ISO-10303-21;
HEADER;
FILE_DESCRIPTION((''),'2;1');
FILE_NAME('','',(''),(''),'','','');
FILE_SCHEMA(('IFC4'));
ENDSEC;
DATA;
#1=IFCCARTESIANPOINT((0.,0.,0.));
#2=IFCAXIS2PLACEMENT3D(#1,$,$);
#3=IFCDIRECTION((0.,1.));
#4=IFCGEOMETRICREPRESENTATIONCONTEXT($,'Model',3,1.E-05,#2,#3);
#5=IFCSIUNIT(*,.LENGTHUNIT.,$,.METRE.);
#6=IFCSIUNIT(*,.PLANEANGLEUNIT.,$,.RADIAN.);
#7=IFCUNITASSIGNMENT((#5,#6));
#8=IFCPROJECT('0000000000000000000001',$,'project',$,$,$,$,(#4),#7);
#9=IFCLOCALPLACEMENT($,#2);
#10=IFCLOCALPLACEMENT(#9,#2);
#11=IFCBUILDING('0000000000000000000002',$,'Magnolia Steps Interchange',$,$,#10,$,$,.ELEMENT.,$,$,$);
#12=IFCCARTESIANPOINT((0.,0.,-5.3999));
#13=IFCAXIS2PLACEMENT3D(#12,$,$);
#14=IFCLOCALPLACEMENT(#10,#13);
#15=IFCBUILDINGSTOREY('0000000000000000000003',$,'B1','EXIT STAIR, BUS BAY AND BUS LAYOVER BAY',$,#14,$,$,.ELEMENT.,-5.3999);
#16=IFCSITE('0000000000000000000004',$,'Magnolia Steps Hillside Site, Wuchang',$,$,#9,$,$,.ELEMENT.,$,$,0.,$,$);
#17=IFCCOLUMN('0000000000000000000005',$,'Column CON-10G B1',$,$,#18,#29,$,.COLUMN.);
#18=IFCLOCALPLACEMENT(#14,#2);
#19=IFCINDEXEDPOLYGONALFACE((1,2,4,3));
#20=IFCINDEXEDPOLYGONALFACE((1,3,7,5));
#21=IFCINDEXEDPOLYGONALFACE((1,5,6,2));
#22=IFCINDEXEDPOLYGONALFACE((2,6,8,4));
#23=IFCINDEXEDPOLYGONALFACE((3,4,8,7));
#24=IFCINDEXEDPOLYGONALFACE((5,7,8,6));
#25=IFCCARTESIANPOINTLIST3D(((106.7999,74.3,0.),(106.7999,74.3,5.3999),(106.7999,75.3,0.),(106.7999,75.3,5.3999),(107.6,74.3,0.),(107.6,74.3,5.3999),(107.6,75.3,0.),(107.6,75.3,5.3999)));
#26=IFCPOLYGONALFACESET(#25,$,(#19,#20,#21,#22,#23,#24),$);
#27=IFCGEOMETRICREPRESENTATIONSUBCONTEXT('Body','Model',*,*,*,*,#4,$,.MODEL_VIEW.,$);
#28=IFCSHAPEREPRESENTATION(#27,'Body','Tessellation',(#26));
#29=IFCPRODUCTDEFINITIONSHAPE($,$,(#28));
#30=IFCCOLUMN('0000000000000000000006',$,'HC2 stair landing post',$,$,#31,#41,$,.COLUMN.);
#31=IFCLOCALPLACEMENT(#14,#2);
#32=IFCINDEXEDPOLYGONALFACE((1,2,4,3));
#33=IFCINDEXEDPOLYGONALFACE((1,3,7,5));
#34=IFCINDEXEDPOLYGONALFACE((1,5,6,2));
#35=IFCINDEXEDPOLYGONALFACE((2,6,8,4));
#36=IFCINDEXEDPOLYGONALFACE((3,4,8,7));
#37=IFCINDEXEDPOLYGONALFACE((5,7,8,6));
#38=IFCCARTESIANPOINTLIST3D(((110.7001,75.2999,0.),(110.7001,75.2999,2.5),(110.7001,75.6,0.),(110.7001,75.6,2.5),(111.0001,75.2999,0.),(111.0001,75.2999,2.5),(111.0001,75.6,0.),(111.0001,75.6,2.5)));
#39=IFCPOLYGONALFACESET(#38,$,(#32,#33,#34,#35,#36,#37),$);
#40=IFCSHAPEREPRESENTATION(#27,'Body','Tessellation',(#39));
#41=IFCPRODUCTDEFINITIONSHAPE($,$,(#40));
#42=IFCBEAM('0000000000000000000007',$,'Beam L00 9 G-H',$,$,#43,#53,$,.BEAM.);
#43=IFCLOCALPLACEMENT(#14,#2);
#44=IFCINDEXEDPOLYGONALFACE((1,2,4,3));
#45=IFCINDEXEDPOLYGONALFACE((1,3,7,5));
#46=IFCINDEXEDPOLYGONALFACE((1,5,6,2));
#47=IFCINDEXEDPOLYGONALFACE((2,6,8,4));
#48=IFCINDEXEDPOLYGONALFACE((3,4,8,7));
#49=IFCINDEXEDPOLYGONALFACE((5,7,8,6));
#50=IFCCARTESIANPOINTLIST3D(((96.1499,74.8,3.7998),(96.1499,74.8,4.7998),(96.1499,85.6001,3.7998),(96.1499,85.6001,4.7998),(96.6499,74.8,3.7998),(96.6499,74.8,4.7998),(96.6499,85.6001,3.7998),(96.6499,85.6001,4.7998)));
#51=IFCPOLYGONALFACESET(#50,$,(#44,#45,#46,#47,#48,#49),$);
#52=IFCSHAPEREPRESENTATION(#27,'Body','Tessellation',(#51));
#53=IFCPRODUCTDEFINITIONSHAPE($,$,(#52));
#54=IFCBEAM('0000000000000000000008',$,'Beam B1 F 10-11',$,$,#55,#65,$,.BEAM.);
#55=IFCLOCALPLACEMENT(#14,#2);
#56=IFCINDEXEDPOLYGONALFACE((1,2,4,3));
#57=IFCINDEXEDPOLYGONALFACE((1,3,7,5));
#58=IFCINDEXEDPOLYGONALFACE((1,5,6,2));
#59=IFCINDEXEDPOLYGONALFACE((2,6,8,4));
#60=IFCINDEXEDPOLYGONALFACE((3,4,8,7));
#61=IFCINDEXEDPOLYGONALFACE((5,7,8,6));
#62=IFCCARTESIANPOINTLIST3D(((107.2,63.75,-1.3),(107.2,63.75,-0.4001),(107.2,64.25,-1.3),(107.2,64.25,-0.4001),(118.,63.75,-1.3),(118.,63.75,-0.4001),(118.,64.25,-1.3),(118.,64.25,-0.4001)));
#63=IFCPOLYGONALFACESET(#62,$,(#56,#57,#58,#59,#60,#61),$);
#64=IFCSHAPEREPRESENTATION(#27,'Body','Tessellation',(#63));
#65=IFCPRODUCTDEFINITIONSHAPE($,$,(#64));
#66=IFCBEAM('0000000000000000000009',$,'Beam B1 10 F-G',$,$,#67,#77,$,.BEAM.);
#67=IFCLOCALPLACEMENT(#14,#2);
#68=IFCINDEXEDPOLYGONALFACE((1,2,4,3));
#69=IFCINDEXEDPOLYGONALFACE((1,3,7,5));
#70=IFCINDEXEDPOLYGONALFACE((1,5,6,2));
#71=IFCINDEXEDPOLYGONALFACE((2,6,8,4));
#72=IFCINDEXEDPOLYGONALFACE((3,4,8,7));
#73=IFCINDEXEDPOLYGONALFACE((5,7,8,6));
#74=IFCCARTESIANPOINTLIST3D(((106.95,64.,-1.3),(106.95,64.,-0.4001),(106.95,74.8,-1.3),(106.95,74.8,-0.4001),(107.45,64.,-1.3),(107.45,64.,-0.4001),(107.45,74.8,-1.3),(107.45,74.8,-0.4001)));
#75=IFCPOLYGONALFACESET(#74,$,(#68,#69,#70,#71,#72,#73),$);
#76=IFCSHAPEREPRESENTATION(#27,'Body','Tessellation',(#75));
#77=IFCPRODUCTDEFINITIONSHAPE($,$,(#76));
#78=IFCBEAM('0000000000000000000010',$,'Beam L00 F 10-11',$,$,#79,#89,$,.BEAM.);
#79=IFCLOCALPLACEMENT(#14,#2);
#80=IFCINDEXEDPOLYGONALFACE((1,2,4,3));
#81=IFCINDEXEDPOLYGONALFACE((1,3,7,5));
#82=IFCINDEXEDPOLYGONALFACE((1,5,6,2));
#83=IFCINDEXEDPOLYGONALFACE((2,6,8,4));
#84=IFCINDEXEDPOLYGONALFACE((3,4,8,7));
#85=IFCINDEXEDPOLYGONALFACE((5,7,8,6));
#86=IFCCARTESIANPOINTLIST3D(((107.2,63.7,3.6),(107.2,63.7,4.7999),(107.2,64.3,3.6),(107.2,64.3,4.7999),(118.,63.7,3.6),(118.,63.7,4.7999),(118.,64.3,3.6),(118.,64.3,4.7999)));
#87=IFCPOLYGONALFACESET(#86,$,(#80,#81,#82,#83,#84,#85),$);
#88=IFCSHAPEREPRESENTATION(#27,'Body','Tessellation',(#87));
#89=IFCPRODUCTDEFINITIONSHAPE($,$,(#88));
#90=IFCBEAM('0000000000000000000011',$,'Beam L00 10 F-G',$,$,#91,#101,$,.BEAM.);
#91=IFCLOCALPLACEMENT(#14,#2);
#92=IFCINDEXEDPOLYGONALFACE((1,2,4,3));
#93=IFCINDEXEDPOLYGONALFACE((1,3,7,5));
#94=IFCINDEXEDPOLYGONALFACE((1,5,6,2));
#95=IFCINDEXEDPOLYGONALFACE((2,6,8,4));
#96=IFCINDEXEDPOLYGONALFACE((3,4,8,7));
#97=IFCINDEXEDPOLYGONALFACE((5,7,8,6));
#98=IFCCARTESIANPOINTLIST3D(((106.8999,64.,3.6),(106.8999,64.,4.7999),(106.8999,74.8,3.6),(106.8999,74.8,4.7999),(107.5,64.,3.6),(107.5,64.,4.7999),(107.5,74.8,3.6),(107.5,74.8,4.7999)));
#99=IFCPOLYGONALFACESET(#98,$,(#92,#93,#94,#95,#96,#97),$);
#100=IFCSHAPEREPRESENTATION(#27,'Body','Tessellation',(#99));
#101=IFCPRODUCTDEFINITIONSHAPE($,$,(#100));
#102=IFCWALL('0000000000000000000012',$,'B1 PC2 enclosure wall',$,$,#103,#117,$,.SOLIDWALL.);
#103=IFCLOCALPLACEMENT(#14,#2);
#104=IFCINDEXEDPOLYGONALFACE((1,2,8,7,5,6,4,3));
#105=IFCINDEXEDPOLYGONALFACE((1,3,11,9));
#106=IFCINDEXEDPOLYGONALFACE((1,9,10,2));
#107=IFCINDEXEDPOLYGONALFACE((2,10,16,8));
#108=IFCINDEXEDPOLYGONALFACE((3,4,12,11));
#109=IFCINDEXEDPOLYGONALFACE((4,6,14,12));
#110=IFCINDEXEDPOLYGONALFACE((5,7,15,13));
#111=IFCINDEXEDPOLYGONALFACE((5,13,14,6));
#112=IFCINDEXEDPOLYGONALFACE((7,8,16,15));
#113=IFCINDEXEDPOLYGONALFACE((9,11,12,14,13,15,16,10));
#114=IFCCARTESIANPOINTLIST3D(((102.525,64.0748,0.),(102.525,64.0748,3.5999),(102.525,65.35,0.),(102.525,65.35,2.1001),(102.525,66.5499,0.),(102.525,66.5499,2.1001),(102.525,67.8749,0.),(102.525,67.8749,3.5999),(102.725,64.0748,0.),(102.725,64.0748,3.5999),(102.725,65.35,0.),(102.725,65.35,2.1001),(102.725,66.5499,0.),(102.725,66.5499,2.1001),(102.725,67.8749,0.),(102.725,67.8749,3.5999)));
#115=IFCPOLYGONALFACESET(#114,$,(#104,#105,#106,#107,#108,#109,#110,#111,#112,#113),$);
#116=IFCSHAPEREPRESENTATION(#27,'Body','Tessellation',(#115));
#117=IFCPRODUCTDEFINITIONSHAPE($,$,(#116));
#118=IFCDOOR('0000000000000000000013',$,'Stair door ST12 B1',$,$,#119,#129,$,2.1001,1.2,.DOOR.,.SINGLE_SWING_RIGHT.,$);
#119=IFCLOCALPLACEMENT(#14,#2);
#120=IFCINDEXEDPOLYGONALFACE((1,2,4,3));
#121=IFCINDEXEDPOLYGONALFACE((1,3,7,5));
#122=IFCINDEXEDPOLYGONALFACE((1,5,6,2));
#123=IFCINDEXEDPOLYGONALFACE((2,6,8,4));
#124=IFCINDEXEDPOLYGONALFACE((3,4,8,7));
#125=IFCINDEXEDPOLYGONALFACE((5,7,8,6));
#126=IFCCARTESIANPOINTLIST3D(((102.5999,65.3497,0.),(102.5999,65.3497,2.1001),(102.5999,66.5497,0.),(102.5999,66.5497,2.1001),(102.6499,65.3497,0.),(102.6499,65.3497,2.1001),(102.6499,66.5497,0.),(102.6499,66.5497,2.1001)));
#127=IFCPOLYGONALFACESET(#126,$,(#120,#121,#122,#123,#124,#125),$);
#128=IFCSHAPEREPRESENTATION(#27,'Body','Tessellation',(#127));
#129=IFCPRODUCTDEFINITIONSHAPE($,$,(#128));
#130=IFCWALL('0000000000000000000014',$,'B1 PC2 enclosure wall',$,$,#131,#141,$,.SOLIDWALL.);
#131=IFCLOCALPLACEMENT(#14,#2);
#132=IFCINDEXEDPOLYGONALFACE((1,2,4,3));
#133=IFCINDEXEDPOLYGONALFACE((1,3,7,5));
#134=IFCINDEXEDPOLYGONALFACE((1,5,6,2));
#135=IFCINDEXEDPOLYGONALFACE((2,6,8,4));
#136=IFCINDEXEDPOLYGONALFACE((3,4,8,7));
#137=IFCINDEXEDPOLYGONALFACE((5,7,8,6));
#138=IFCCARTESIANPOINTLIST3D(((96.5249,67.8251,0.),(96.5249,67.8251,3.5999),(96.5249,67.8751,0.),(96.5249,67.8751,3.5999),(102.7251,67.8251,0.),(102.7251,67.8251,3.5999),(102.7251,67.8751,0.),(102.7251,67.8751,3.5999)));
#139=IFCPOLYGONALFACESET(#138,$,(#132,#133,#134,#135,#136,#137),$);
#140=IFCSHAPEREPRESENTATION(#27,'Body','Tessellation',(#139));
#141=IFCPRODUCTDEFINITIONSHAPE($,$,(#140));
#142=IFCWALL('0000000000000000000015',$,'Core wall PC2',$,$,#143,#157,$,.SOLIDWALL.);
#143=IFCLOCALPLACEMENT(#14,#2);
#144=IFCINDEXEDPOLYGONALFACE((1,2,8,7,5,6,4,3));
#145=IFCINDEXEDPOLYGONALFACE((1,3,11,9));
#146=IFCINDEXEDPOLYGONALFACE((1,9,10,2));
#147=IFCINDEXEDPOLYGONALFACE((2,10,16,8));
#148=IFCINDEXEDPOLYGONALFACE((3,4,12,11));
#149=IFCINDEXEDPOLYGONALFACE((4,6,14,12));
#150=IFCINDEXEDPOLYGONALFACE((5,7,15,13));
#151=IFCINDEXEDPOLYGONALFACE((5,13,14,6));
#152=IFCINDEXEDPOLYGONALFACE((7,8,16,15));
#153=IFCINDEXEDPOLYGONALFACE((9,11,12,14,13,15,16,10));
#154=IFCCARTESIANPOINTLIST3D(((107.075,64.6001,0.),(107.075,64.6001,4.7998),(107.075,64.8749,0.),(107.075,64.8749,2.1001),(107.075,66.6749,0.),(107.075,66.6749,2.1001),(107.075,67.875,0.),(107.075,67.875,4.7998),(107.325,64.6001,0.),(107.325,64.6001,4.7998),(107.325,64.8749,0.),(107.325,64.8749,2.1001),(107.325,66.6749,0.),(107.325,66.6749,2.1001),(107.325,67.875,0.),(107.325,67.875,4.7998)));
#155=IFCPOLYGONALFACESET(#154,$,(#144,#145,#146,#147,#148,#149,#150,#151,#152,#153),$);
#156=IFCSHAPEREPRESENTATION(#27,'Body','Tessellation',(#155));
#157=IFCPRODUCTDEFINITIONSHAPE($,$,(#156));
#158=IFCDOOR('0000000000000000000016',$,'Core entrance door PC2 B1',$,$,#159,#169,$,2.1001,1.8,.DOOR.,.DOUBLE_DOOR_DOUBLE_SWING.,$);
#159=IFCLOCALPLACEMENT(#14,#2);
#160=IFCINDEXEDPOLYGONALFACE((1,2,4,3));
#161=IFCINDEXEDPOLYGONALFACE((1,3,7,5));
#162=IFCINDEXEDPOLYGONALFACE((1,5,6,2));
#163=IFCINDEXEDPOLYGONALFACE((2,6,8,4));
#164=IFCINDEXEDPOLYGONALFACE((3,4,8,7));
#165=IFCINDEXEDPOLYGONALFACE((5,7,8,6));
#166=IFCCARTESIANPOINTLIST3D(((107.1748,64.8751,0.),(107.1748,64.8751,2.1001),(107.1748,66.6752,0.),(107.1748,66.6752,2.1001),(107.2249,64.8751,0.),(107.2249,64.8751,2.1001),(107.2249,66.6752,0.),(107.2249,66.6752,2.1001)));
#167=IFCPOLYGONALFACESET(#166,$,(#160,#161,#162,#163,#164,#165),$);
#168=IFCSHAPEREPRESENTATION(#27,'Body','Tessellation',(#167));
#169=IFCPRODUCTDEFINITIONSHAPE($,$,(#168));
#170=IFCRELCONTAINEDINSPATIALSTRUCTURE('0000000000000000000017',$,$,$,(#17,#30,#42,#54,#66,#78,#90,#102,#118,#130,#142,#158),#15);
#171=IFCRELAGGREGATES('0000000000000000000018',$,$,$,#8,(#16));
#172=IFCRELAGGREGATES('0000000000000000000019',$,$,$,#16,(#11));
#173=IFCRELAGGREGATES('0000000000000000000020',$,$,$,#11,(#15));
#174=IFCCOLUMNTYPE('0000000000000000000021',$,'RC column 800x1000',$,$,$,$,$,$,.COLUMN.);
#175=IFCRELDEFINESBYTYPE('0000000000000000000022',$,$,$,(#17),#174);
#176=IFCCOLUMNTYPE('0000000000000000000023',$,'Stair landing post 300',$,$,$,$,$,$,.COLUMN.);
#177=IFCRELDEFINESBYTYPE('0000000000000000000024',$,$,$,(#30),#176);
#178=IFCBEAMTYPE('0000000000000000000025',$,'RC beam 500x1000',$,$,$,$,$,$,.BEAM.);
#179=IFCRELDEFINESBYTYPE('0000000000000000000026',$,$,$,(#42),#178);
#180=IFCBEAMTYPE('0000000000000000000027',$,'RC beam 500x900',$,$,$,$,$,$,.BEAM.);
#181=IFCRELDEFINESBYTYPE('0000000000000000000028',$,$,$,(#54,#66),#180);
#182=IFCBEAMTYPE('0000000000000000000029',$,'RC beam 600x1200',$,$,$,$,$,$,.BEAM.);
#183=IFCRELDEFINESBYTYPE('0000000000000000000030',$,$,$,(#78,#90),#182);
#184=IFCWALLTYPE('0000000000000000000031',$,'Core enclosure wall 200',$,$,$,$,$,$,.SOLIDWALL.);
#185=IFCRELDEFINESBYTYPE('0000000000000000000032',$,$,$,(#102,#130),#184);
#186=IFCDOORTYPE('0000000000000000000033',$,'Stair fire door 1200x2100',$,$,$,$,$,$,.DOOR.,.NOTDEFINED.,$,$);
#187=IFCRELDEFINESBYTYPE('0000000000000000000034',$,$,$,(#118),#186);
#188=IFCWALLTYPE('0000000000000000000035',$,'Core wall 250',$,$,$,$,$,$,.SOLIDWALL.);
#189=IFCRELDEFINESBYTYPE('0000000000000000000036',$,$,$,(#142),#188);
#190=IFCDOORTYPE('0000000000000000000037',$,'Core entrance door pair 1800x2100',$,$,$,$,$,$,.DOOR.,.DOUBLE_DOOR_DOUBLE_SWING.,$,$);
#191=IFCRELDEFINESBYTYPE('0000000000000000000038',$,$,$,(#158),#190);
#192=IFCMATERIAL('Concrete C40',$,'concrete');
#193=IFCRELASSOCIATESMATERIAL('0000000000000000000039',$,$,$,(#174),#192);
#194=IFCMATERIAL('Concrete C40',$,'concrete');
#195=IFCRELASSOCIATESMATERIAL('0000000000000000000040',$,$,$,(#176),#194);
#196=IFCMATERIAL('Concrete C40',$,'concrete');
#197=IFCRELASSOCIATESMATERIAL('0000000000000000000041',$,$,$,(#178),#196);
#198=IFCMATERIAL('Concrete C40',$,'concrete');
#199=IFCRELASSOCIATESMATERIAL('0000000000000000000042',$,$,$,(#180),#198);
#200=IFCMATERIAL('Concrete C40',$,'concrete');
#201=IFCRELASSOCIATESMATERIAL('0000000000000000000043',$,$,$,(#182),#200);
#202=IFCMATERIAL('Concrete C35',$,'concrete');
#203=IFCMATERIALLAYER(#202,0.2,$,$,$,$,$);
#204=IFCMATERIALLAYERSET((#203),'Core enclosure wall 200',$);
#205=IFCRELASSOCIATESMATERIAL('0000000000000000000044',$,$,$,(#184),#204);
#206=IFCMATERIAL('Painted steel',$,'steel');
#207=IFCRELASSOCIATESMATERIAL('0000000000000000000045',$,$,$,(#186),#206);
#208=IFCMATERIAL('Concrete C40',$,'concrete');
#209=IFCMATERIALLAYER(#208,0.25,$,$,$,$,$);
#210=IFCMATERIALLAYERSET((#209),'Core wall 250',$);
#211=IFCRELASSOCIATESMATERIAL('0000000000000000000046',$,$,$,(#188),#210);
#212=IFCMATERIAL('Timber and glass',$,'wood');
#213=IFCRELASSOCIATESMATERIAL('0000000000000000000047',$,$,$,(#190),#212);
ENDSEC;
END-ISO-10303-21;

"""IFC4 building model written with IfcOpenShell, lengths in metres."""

from ifc_helpers import new_model, si_unit, direction, frame, frame_2d, origin, origin_2d, place, context, subcontext, project, spatial, rectangle, extrude, material, layer, layer_set, material_profile, profile_set, type_object, element, fill, save


model = new_model("IFC4")

# Units and contexts
model_context = context("Model", 3, precision=1e-05, world=origin(), true_north=direction((0.0, 1.0)))
body_context = subcontext(model_context, "Body", "Model", "MODEL_VIEW")
ifc_project = project(units=[si_unit("LENGTHUNIT", "METRE"), si_unit("PLANEANGLEUNIT", "RADIAN")], contexts=[model_context])

# Site, building, storey
site_placement = place(None, origin())
site = spatial("IfcSite", under=ifc_project, at=site_placement, Name="Magnolia Steps Hillside Site, Wuchang", CompositionType="ELEMENT", RefElevation=0.0)
building_placement = place(site_placement, origin())
building = spatial("IfcBuilding", under=site, at=building_placement, Name="Magnolia Steps Interchange", CompositionType="ELEMENT")
storey_placement = place(building_placement, frame((0.0, 0.0, -5.3999)))
storey = spatial("IfcBuildingStorey", under=building, at=storey_placement, Name="B1", Description="EXIT STAIR, BUS BAY AND BUS LAYOVER BAY", CompositionType="ELEMENT", Elevation=-5.3999)

# Columns
ifc_material_1 = material(Name="Concrete C40", Category="concrete")
ifc_material_profile_1 = material_profile(ifc_material_1, rectangle(XDim=0.8, YDim=1.0, at=origin_2d()), Name="RC800x1000")
ifc_profile_set_1 = profile_set([ifc_material_profile_1], Name="Concrete C40")
column_type_1 = type_object("IfcColumnType", Name="RC column 800x1000", PredefinedType="COLUMN", material=ifc_profile_set_1)
column_1_placement = place(storey_placement, frame((107.2, 74.8, 0.0), z_axis=(0.0, 0.0, 1.0), x_axis=(1.0, 0.0, 0.0)))
element("IfcColumn", 1, at=column_1_placement, inside=storey, type_object=column_type_1, Name="Column CON-10G B1", PredefinedType="COLUMN", context=body_context, shape_type="SweptSolid", body=[
    extrude(rectangle(XDim=0.8, YDim=1.0, at=origin_2d()), origin(), (0.0, 0.0, 1.0), 5.3999),
])
ifc_material_2 = material(Name="Concrete C40", Category="concrete")
ifc_material_profile_2 = material_profile(ifc_material_2, rectangle(XDim=0.3, YDim=0.3, at=origin_2d()), Name="RC300x300")
ifc_profile_set_2 = profile_set([ifc_material_profile_2], Name="Concrete C40")
column_type_2 = type_object("IfcColumnType", Name="Stair landing post 300", PredefinedType="COLUMN", material=ifc_profile_set_2)
column_2_placement = place(storey_placement, frame((110.8501, 75.45, 0.0), z_axis=(0.0, 0.0, 1.0), x_axis=(1.0, 0.0, 0.0)))
element("IfcColumn", 2, at=column_2_placement, inside=storey, type_object=column_type_2, Name="HC2 stair landing post", PredefinedType="COLUMN", context=body_context, shape_type="SweptSolid", body=[
    extrude(rectangle(XDim=0.3, YDim=0.3, at=origin_2d()), origin(), (0.0, 0.0, 1.0), 2.5),
])

# Beams
ifc_material_3 = material(Name="Concrete C40", Category="concrete")
ifc_material_profile_3 = material_profile(ifc_material_3, rectangle(XDim=0.5, YDim=1.0, at=origin_2d()), Name="RC500x1000")
ifc_profile_set_3 = profile_set([ifc_material_profile_3], Name="Concrete C40")
beam_type_1 = type_object("IfcBeamType", Name="RC beam 500x1000", PredefinedType="BEAM", material=ifc_profile_set_3)
beam_placement = place(storey_placement, frame((96.3999, 74.8, 4.2998), z_axis=(0.0, 1.0, 0.0), x_axis=(-1.0, 0.0, 0.0)))
element("IfcBeam", 3, at=beam_placement, inside=storey, type_object=beam_type_1, Name="Beam L00 9 G-H", PredefinedType="BEAM", context=body_context, shape_type="SweptSolid", body=[
    extrude(rectangle(XDim=0.5, YDim=1.0, at=origin_2d()), origin(), (0.0, 0.0, 1.0), 10.8),
])
ifc_material_4 = material(Name="Concrete C40", Category="concrete")
ifc_material_profile_4 = material_profile(ifc_material_4, rectangle(XDim=0.5, YDim=0.8999, at=origin_2d()), Name="RC500x900")
ifc_profile_set_4 = profile_set([ifc_material_profile_4], Name="Concrete C40")
beam_type_2 = type_object("IfcBeamType", Name="RC beam 500x900", PredefinedType="BEAM", material=ifc_profile_set_4)
for number, where, z_axis, x_axis, name in (
    (4, (107.2, 64.0, -0.8501), (1.0, 0.0, 0.0), (0.0, 1.0, 0.0), "Beam B1 F 10-11"),
    (5, (107.2, 64.0, -0.8501), (0.0, 1.0, 0.0), (-1.0, 0.0, 0.0), "Beam B1 10 F-G"),
):
    element("IfcBeam", number, at=place(storey_placement, frame(where, z_axis=z_axis, x_axis=x_axis)), inside=storey, type_object=beam_type_2, Name=name, PredefinedType="BEAM", context=body_context, shape_type="SweptSolid", body=[
        extrude(rectangle(XDim=0.5, YDim=0.8999, at=origin_2d()), origin(), (0.0, 0.0, 1.0), 10.8),
    ])
ifc_material_5 = material(Name="Concrete C40", Category="concrete")
ifc_material_profile_5 = material_profile(ifc_material_5, rectangle(XDim=0.6001, YDim=1.2, at=origin_2d()), Name="RC600x1200")
ifc_profile_set_5 = profile_set([ifc_material_profile_5], Name="Concrete C40")
beam_type_3 = type_object("IfcBeamType", Name="RC beam 600x1200", PredefinedType="BEAM", material=ifc_profile_set_5)
for number, where, z_axis, x_axis, name in (
    (6, (107.2, 64.0, 4.2), (1.0, 0.0, 0.0), (0.0, 1.0, 0.0), "Beam L00 F 10-11"),
    (7, (107.2, 64.0, 4.2), (0.0, 1.0, 0.0), (-1.0, 0.0, 0.0), "Beam L00 10 F-G"),
):
    element("IfcBeam", number, at=place(storey_placement, frame(where, z_axis=z_axis, x_axis=x_axis)), inside=storey, type_object=beam_type_3, Name=name, PredefinedType="BEAM", context=body_context, shape_type="SweptSolid", body=[
        extrude(rectangle(XDim=0.6001, YDim=1.2, at=origin_2d()), origin(), (0.0, 0.0, 1.0), 10.8),
    ])

# Wall, opening, door
ifc_material_6 = material(Name="Concrete C35", Category="concrete")
ifc_layer_1 = layer(ifc_material_6, 0.2)
ifc_layer_set_1 = layer_set([ifc_layer_1], Name="Core enclosure wall 200")
wall_type_1 = type_object("IfcWallType", Name="Core enclosure wall 200", PredefinedType="SOLIDWALL", material=ifc_layer_set_1)
wall_1_placement = place(storey_placement, frame((102.625, 64.075, 0.0), z_axis=(0.0, 0.0, 1.0), x_axis=(0.0, 1.0, 0.0)))
wall_1 = element("IfcWall", 8, at=wall_1_placement, inside=storey, type_object=wall_type_1, Name="B1 PC2 enclosure wall", PredefinedType="SOLIDWALL", context=body_context, shape_type="SweptSolid", body=[
    extrude(rectangle(XDim=3.8, YDim=0.2, at=frame_2d((1.8999, 0.0))), origin(), (0.0, 0.0, 1.0), 3.5999),
])
opening_1_placement = place(wall_1_placement, frame((1.2749, 0.0, 0.0)))
opening_1 = element("IfcOpeningElement", 9, at=opening_1_placement, cuts=wall_1, PredefinedType="OPENING", context=body_context, shape_type="SweptSolid", body=[
    extrude(rectangle(XDim=1.2, YDim=2.1001, at=frame_2d((0.6001, 1.05))), frame((0.0, 0.1099, 0.0), z_axis=(0.0, -1.0, 0.0), x_axis=(1.0, 0.0, 0.0)), (0.0, 0.0, 1.0), 0.22),
])
ifc_material_7 = material(Name="Painted steel", Category="steel")
door_type_1 = type_object("IfcDoorType", Name="Stair fire door 1200x2100", OperationType="NOTDEFINED", PredefinedType="DOOR", material=ifc_material_7)
door_1_placement = place(opening_1_placement, frame((1.2, 0.0, 0.0), z_axis=(0.0, 0.0, 1.0), x_axis=(-1.0, 0.0, 0.0)))
door_1 = element("IfcDoor", 10, at=door_1_placement, inside=storey, type_object=door_type_1, Name="Stair door ST12 B1", OperationType="SINGLE_SWING_RIGHT", OverallHeight=2.1001, OverallWidth=1.2, PredefinedType="DOOR", context=body_context, shape_type="SweptSolid", body=[
    extrude(rectangle(XDim=1.2, YDim=2.1001, at=frame_2d((0.6001, 1.05))), frame((0.0, 0.0249, 0.0), z_axis=(0.0, -1.0, 0.0), x_axis=(1.0, 0.0, 0.0)), (0.0, 0.0, 1.0), 0.05),
])
fill(opening_1, door_1)

# Wall
wall_2_placement = place(storey_placement, frame((102.7251, 67.8501, 0.0), z_axis=(0.0, 0.0, 1.0), x_axis=(-1.0, 0.0, 0.0)))
element("IfcWall", 11, at=wall_2_placement, inside=storey, type_object=wall_type_1, Name="B1 PC2 enclosure wall", PredefinedType="SOLIDWALL", context=body_context, shape_type="SweptSolid", body=[
    extrude(rectangle(XDim=6.2002, YDim=0.05, at=frame_2d((3.1001, 0.0))), origin(), (0.0, 0.0, 1.0), 3.5999),
])

# Wall, opening, door
ifc_material_8 = material(Name="Concrete C40", Category="concrete")
ifc_layer_2 = layer(ifc_material_8, 0.25)
ifc_layer_set_2 = layer_set([ifc_layer_2], Name="Core wall 250")
wall_type_2 = type_object("IfcWallType", Name="Core wall 250", PredefinedType="SOLIDWALL", material=ifc_layer_set_2)
wall_3_placement = place(storey_placement, frame((107.2, 64.6001, 0.0), z_axis=(0.0, 0.0, 1.0), x_axis=(0.0, 1.0, 0.0)))
wall_3 = element("IfcWall", 12, at=wall_3_placement, inside=storey, type_object=wall_type_2, Name="Core wall PC2", PredefinedType="SOLIDWALL", context=body_context, shape_type="SweptSolid", body=[
    extrude(rectangle(XDim=3.2749, YDim=0.25, at=frame_2d((1.6375, 0.0))), origin(), (0.0, 0.0, 1.0), 4.7998),
])
opening_2_placement = place(wall_3_placement, frame((0.2749, 0.0, 0.0)))
opening_2 = element("IfcOpeningElement", 13, at=opening_2_placement, cuts=wall_3, PredefinedType="OPENING", context=body_context, shape_type="SweptSolid", body=[
    extrude(rectangle(XDim=1.8, YDim=2.1001, at=frame_2d((0.8999, 1.05))), frame((0.0, 0.135, 0.0), z_axis=(0.0, -1.0, 0.0), x_axis=(1.0, 0.0, 0.0)), (0.0, 0.0, 1.0), 0.27),
])
ifc_material_9 = material(Name="Timber and glass", Category="wood")
door_type_2 = type_object("IfcDoorType", Name="Core entrance door pair 1800x2100", OperationType="DOUBLE_DOOR_DOUBLE_SWING", PredefinedType="DOOR", material=ifc_material_9)
door_2_placement = place(opening_2_placement, frame((1.8, 0.0, 0.0), z_axis=(0.0, 0.0, 1.0), x_axis=(-1.0, 0.0, 0.0)))
door_2 = element("IfcDoor", 14, at=door_2_placement, inside=storey, type_object=door_type_2, Name="Core entrance door PC2 B1", OperationType="DOUBLE_DOOR_DOUBLE_SWING", OverallHeight=2.1001, OverallWidth=1.8, PredefinedType="DOOR", context=body_context, shape_type="SweptSolid", body=[
    extrude(rectangle(XDim=1.8, YDim=2.1001, at=frame_2d((0.8999, 1.05))), frame((0.0, 0.0249, 0.0), z_axis=(0.0, -1.0, 0.0), x_axis=(1.0, 0.0, 0.0)), (0.0, 0.0, 1.0), 0.05),
])
fill(opening_2, door_2)

save(model, "model.ifc")
